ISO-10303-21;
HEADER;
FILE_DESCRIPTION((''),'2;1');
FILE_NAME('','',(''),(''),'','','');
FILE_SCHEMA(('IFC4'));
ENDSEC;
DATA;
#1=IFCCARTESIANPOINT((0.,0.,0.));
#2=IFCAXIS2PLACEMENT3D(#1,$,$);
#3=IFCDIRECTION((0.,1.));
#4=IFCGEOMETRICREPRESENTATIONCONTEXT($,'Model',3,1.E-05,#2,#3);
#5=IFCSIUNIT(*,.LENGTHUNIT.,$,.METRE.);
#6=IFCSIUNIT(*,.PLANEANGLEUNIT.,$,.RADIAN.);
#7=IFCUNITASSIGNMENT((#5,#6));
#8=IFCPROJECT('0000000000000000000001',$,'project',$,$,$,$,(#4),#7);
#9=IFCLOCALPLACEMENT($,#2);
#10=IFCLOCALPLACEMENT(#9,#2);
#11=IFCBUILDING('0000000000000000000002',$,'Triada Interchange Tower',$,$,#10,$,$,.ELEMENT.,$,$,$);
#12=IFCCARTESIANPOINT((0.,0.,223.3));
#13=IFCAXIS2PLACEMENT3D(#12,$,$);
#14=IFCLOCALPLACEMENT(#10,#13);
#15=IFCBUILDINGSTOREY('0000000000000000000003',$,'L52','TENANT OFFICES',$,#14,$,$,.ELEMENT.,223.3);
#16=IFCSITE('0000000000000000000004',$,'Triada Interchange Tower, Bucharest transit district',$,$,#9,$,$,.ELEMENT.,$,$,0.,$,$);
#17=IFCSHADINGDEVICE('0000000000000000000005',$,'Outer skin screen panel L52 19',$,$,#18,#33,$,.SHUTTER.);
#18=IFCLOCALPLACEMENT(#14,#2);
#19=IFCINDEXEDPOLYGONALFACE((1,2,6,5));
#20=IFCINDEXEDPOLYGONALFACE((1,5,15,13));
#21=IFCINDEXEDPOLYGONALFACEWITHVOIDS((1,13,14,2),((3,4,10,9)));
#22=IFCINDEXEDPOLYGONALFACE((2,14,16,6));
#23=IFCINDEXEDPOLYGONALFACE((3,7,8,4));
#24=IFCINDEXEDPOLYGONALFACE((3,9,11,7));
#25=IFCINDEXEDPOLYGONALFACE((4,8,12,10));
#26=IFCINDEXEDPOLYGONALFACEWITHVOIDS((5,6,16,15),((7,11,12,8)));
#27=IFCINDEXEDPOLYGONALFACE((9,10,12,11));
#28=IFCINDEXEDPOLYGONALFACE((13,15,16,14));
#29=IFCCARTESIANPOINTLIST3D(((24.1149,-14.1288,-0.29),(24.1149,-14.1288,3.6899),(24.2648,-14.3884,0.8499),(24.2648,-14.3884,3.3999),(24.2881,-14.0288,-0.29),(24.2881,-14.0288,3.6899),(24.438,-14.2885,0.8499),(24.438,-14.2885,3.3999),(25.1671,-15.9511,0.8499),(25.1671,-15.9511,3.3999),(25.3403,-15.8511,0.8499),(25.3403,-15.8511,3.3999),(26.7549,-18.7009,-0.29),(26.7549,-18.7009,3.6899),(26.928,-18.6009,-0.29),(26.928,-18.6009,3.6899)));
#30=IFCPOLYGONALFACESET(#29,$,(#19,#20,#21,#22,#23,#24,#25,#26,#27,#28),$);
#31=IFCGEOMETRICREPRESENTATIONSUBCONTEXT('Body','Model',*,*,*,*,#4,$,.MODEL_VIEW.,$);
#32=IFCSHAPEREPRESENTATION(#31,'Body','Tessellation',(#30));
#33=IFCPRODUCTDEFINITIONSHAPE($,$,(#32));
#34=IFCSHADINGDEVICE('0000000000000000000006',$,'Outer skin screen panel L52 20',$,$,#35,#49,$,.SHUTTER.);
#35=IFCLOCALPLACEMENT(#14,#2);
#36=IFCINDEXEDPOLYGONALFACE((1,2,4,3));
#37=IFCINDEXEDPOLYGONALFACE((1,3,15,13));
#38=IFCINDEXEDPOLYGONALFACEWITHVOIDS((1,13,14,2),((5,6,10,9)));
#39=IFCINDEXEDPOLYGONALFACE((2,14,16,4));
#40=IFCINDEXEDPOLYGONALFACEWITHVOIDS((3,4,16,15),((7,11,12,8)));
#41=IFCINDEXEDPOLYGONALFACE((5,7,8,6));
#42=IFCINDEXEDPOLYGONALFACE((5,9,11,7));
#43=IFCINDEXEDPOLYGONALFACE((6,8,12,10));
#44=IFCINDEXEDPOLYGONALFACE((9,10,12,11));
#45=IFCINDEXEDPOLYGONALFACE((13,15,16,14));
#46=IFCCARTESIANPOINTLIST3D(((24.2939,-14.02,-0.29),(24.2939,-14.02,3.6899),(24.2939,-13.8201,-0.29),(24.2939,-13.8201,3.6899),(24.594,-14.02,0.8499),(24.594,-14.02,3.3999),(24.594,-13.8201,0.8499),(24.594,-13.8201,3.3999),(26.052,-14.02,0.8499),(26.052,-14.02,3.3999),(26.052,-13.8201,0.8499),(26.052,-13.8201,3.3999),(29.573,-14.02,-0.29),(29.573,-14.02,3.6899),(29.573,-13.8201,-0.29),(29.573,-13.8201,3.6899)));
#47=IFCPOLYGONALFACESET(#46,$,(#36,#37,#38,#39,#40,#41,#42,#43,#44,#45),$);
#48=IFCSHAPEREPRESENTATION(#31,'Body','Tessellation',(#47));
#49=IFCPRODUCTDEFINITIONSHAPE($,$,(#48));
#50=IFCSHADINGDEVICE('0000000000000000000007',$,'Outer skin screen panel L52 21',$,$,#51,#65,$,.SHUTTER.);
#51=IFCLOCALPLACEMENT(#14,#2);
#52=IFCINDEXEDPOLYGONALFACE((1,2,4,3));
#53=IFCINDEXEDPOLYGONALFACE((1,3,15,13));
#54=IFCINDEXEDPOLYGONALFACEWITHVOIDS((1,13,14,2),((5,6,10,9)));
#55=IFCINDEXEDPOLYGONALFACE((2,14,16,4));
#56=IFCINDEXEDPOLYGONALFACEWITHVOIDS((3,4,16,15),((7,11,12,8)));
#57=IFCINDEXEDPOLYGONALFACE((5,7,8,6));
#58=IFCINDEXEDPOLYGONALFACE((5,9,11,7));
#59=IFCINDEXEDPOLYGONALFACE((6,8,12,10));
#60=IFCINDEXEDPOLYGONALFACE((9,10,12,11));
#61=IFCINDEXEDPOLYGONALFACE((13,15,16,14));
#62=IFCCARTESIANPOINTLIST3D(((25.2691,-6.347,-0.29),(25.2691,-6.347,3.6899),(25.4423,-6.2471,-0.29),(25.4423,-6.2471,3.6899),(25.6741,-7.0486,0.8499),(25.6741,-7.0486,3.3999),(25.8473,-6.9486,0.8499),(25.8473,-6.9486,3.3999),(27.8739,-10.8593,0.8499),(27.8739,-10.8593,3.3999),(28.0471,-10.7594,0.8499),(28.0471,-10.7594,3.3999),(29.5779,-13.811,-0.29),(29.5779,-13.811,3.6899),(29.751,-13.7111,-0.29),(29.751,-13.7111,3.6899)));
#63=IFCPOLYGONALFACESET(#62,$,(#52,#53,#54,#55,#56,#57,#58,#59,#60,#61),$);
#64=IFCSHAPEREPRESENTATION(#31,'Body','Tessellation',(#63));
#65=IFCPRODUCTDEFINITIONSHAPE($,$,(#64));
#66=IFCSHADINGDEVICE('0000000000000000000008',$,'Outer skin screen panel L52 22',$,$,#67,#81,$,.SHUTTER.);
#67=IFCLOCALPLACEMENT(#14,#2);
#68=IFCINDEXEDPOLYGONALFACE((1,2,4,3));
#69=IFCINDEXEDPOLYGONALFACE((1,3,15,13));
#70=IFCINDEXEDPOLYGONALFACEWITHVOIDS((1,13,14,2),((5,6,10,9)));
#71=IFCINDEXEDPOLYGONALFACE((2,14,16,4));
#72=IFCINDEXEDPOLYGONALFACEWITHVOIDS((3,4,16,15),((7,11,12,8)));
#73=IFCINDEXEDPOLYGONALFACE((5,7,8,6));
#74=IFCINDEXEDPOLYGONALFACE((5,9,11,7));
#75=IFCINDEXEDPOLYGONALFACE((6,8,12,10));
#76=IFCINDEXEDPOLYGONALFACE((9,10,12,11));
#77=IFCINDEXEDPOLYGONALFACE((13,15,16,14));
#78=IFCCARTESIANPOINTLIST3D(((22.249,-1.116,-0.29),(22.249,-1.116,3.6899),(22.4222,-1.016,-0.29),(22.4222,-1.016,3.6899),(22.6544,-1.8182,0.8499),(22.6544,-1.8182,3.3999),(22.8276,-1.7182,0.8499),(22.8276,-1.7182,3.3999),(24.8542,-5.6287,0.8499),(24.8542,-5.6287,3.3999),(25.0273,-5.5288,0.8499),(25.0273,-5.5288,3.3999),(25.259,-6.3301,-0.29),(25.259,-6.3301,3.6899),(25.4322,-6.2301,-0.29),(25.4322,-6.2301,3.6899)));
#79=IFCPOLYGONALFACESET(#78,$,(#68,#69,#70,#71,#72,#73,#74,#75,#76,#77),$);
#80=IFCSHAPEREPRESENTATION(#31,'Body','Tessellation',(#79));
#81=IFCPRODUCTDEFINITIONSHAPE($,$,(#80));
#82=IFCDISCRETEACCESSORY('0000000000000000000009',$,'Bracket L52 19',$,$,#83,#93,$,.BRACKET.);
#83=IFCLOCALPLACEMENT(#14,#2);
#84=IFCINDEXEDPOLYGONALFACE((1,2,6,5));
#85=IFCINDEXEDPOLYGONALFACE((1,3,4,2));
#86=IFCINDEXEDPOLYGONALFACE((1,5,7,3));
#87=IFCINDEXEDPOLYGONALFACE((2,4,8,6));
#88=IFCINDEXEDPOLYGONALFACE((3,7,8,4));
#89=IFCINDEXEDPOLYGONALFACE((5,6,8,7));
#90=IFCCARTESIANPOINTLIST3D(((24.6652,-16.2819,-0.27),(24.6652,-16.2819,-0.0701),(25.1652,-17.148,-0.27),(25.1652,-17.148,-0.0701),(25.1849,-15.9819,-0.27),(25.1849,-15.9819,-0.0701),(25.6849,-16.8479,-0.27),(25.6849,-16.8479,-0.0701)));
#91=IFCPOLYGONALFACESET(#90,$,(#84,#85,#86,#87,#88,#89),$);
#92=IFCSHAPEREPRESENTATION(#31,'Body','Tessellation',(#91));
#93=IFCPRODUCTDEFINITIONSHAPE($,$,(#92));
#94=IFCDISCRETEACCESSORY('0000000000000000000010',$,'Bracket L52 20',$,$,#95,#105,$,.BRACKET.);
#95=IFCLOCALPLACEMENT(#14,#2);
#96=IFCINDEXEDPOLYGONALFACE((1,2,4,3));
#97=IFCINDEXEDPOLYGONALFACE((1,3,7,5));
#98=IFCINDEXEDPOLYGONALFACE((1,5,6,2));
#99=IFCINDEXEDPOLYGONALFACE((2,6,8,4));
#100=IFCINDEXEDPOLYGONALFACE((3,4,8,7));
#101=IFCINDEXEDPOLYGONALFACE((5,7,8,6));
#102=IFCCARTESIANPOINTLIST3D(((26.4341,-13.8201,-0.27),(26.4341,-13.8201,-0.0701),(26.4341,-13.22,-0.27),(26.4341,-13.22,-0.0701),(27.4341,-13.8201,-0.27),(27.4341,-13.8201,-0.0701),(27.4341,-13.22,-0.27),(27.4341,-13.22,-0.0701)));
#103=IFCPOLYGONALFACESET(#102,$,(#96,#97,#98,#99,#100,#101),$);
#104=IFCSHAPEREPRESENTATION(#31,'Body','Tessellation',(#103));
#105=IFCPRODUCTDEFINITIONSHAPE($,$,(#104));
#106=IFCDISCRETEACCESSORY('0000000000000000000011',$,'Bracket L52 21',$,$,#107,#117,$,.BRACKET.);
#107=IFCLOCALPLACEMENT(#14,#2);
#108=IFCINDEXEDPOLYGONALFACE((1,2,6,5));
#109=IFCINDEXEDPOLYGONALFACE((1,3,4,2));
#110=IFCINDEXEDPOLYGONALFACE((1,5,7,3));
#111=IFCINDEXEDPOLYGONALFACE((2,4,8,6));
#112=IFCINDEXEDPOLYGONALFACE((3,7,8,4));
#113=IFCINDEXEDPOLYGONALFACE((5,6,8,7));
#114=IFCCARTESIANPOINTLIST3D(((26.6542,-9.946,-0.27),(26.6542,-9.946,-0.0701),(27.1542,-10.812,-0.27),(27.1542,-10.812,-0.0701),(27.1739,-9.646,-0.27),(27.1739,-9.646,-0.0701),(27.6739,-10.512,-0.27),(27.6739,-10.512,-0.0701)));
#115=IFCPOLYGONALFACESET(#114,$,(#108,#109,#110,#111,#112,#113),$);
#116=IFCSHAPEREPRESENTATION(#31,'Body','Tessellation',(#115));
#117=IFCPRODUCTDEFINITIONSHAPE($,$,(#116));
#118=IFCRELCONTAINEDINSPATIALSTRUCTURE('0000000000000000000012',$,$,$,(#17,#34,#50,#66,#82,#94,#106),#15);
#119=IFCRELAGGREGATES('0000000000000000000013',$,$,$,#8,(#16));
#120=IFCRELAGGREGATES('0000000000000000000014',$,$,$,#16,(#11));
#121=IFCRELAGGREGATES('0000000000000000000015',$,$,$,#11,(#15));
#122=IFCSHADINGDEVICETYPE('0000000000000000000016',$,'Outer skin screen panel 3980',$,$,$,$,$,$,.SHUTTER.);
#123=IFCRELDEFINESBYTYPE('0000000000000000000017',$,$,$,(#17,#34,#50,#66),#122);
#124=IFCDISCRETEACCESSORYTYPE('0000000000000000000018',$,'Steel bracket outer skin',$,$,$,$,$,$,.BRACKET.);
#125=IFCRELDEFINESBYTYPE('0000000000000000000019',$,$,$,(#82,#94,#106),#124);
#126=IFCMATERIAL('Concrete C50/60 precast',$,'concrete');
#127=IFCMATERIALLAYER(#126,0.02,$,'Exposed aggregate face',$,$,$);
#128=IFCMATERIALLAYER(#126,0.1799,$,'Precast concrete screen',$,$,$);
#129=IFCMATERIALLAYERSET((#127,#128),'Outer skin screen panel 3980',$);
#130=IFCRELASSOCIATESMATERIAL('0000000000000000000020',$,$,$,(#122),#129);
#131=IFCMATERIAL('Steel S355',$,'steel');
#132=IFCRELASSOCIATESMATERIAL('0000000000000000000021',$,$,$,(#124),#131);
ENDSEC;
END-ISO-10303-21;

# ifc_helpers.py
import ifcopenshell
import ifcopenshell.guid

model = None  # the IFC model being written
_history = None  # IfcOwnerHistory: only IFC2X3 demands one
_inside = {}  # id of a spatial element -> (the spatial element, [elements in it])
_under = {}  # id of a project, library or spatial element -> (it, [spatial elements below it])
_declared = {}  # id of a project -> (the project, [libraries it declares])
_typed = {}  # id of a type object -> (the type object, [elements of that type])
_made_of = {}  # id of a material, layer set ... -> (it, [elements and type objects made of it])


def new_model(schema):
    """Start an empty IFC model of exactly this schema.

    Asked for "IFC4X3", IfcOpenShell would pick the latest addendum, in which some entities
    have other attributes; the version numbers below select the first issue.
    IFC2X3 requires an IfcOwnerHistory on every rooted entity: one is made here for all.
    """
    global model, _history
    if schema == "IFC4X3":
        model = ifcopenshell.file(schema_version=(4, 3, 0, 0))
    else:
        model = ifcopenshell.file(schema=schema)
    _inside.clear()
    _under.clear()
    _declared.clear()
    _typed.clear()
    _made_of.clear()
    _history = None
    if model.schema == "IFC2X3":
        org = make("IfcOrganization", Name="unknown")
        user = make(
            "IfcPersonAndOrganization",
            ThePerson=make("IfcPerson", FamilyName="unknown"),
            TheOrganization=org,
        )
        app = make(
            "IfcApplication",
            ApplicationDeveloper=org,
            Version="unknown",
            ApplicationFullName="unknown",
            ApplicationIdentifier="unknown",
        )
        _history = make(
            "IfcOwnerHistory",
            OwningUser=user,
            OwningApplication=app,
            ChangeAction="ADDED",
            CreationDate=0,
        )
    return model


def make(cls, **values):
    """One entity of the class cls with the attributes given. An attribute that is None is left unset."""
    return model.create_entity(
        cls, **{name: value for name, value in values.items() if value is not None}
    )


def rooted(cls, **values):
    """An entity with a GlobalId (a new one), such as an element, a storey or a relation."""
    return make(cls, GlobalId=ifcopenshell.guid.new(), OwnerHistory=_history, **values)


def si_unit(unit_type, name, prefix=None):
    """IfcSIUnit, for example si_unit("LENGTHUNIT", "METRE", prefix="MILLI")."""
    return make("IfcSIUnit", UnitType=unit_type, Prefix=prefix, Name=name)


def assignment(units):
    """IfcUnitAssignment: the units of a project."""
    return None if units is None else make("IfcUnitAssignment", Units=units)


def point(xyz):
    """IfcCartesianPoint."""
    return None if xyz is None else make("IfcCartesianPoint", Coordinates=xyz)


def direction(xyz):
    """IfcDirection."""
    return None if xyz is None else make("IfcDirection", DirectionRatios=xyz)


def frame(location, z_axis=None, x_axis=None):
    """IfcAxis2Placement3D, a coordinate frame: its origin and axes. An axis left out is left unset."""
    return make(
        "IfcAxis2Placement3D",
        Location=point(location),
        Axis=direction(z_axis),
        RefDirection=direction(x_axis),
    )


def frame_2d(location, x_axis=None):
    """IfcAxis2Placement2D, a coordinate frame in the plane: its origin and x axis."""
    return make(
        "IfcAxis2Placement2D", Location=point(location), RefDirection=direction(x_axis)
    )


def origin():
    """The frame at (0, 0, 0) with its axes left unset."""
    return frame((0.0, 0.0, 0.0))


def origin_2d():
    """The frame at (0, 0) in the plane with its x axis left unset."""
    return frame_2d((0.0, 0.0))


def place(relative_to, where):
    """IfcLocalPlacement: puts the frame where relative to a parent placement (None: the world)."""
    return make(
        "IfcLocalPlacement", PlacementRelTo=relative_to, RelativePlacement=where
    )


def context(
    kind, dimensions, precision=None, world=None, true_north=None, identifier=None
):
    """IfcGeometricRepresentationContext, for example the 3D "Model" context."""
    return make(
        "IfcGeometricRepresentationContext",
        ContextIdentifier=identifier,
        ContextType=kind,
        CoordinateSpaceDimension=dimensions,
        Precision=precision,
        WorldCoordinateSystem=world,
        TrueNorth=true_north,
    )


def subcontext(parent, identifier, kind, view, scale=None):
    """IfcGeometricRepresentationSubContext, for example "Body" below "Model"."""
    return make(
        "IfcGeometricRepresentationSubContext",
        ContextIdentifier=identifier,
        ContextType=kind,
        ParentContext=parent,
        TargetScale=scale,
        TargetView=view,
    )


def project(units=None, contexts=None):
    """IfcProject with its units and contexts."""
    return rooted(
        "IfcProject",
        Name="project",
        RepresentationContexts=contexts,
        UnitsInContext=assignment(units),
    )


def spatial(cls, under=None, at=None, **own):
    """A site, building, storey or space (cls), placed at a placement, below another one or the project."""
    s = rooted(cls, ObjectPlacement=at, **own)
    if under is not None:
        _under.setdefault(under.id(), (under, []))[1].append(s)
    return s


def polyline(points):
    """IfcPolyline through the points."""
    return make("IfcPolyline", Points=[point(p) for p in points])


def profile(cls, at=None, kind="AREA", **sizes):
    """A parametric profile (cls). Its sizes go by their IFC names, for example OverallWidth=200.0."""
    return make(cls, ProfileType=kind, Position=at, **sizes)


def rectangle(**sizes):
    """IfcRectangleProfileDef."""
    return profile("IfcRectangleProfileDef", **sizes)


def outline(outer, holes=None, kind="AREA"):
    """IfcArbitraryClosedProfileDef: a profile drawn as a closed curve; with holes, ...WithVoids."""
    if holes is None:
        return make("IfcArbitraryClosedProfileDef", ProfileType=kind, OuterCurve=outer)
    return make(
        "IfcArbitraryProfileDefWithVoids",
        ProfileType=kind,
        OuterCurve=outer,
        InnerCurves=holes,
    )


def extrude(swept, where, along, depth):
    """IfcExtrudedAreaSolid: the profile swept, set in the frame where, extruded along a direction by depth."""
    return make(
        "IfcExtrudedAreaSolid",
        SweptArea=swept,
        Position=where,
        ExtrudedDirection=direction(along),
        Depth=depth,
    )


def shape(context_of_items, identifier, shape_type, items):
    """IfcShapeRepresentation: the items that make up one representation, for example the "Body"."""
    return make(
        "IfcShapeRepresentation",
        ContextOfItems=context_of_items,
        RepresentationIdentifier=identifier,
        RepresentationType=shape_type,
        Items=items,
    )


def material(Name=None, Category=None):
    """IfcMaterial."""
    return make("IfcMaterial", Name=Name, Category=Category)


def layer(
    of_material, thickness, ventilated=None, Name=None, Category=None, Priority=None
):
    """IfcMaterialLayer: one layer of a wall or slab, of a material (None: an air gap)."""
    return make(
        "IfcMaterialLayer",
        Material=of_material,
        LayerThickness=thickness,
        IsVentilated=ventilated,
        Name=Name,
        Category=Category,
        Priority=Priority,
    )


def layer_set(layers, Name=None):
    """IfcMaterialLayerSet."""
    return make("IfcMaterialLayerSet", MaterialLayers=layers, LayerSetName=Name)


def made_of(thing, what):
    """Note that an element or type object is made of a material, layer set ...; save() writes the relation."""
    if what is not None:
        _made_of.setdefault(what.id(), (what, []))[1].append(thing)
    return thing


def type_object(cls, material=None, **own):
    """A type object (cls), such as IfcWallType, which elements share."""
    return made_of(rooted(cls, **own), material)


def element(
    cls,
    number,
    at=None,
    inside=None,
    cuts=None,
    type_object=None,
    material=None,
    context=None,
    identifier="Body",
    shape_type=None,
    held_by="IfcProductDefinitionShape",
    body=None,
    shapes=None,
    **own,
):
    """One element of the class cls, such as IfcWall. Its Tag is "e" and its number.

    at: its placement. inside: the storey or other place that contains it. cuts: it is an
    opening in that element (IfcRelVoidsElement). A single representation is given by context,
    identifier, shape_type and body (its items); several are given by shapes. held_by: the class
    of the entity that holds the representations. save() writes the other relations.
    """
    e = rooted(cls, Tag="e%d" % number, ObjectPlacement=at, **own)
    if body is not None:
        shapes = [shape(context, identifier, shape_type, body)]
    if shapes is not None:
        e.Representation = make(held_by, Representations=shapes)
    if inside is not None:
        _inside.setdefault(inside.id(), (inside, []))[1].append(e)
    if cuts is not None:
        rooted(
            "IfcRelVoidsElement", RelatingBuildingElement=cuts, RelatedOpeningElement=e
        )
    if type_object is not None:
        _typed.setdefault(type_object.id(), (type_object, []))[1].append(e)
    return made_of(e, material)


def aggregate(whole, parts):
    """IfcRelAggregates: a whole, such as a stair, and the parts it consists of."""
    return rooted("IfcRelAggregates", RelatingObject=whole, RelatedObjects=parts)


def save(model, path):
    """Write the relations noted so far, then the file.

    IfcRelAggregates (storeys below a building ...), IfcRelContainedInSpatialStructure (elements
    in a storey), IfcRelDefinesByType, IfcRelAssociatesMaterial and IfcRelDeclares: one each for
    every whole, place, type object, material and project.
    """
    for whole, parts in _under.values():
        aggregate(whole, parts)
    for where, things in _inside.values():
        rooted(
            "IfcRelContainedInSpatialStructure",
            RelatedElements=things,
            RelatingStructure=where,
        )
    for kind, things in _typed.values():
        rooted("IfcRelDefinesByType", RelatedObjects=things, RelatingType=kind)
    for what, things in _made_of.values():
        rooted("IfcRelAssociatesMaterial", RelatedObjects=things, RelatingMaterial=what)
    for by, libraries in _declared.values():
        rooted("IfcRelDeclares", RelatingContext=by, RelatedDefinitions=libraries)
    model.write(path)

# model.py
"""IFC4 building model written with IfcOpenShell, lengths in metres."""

from ifc_helpers import new_model, si_unit, direction, frame, origin, origin_2d, place, context, subcontext, project, spatial, polyline, rectangle, outline, extrude, material, layer, layer_set, type_object, element, save


model = new_model("IFC4")

# Units and contexts
model_context = context("Model", 3, precision=1e-05, world=origin(), true_north=direction((0.0, 1.0)))
body_context = subcontext(model_context, "Body", "Model", "MODEL_VIEW")
ifc_project = project(units=[si_unit("LENGTHUNIT", "METRE"), si_unit("PLANEANGLEUNIT", "RADIAN")], contexts=[model_context])

# Site, building, storey
site_placement = place(None, origin())
site = spatial("IfcSite", under=ifc_project, at=site_placement, Name="Triada Interchange Tower, Bucharest transit district", CompositionType="ELEMENT", RefElevation=0.0)
building_placement = place(site_placement, origin())
building = spatial("IfcBuilding", under=site, at=building_placement, Name="Triada Interchange Tower", CompositionType="ELEMENT")
storey_placement = place(building_placement, frame((0.0, 0.0, 223.3)))
storey = spatial("IfcBuildingStorey", under=building, at=storey_placement, Name="L52", Description="TENANT OFFICES", CompositionType="ELEMENT", Elevation=223.3)

# Shading devices
ifc_material_1 = material(Name="Concrete C50/60 precast", Category="concrete")
ifc_layer_1 = layer(ifc_material_1, 0.02, Name="Exposed aggregate face")
ifc_layer_2 = layer(ifc_material_1, 0.1799, Name="Precast concrete screen")
ifc_layer_set_1 = layer_set([ifc_layer_1, ifc_layer_2], Name="Outer skin screen panel 3980")
shading_device_type = type_object("IfcShadingDeviceType", Name="Outer skin screen panel 3980", PredefinedType="SHUTTER", material=ifc_layer_set_1)
shading_device_1_placement = place(storey_placement, frame((26.7549, -18.7009, -0.29), z_axis=(0.0, 0.0, 1.0), x_axis=(-0.500033, 0.866006, 0.0)))
element("IfcShadingDevice", 1, at=shading_device_1_placement, inside=storey, type_object=shading_device_type, Name="Outer skin screen panel L52 19", PredefinedType="SHUTTER", context=body_context, shape_type="SweptSolid", body=[
    extrude(outline(polyline([(0.0, 0.0), (5.2795, 0.0), (5.2795, 3.98), (0.0, 3.98), (0.0, 0.0)]), holes=[polyline([(3.1753, 1.1399), (3.1753, 3.6899), (4.9797, 3.6899), (4.9797, 1.1399), (3.1753, 1.1399)])]), frame((0.0, 0.0, 0.0), z_axis=(0.0, -1.0, 0.0), x_axis=(1.0, 0.0, 0.0)), (0.0, 0.0, 1.0), 0.2),
])
shading_device_2_placement = place(storey_placement, frame((24.2939, -13.8201, -0.29), z_axis=(0.0, 0.0, 1.0), x_axis=(1.0, 0.0, 0.0)))
element("IfcShadingDevice", 2, at=shading_device_2_placement, inside=storey, type_object=shading_device_type, Name="Outer skin screen panel L52 20", PredefinedType="SHUTTER", context=body_context, shape_type="SweptSolid", body=[
    extrude(outline(polyline([(0.0, 0.0), (5.2791, 0.0), (5.2791, 3.98), (0.0, 3.98), (0.0, 0.0)]), holes=[polyline([(0.3, 1.1399), (0.3, 3.6899), (1.7581, 3.6899), (1.7581, 1.1399), (0.3, 1.1399)])]), frame((0.0, 0.0, 0.0), z_axis=(0.0, -1.0, 0.0), x_axis=(1.0, 0.0, 0.0)), (0.0, 0.0, 1.0), 0.2),
])
shading_device_3_placement = place(storey_placement, frame((29.5779, -13.811, -0.29), z_axis=(0.0, 0.0, 1.0), x_axis=(-0.499951, 0.866054, 0.0)))
element("IfcShadingDevice", 3, at=shading_device_3_placement, inside=storey, type_object=shading_device_type, Name="Outer skin screen panel L52 21", PredefinedType="SHUTTER", context=body_context, shape_type="SweptSolid", body=[
    extrude(outline(polyline([(0.0, 0.0), (8.6184, 0.0), (8.6184, 3.98), (0.0, 3.98), (0.0, 0.0)]), holes=[polyline([(3.4082, 1.1399), (3.4082, 3.6899), (7.8083, 3.6899), (7.8083, 1.1399), (3.4082, 1.1399)])]), frame((0.0, 0.0, 0.0), z_axis=(0.0, -1.0, 0.0), x_axis=(1.0, 0.0, 0.0)), (0.0, 0.0, 1.0), 0.2),
])
shading_device_4_placement = place(storey_placement, frame((25.259, -6.3301, -0.29), z_axis=(0.0, 0.0, 1.0), x_axis=(-0.499955, 0.866051, 0.0)))
element("IfcShadingDevice", 4, at=shading_device_4_placement, inside=storey, type_object=shading_device_type, Name="Outer skin screen panel L52 22", PredefinedType="SHUTTER", context=body_context, shape_type="SweptSolid", body=[
    extrude(outline(polyline([(0.0, 0.0), (6.0205, 0.0), (6.0205, 3.98), (0.0, 3.98), (0.0, 0.0)]), holes=[polyline([(0.8098, 1.1399), (0.8098, 3.6899), (5.2097, 3.6899), (5.2097, 1.1399), (0.8098, 1.1399)])]), frame((0.0, 0.0, 0.0), z_axis=(0.0, -1.0, 0.0), x_axis=(1.0, 0.0, 0.0)), (0.0, 0.0, 1.0), 0.2),
])

# Discrete accessories
ifc_material_2 = material(Name="Steel S355", Category="steel")
discrete_accessory_type = type_object("IfcDiscreteAccessoryType", Name="Steel bracket outer skin", PredefinedType="BRACKET", material=ifc_material_2)
for number, where, z_axis, x_axis, name in (
    (5, (25.175, -16.5649, -0.27), (0.0, 0.0, 1.0), (0.866044, 0.499968, 0.0), "Bracket L52 19"),
    (6, (26.9341, -13.52, -0.27), (0.0, 0.0, 1.0), (0.0, -1.0, 0.0), "Bracket L52 20"),
    (7, (27.1641, -10.229, -0.27), (0.0, 0.0, 1.0), (0.866025, 0.500001, 0.0), "Bracket L52 21"),
):
    element("IfcDiscreteAccessory", number, at=place(storey_placement, frame(where, z_axis=z_axis, x_axis=x_axis)), inside=storey, type_object=discrete_accessory_type, Name=name, PredefinedType="BRACKET", context=body_context, shape_type="SweptSolid", body=[
        extrude(rectangle(XDim=0.6001, YDim=1.0, at=origin_2d()), origin(), (0.0, 0.0, 1.0), 0.2),
    ])

save(model, "model.ifc")
